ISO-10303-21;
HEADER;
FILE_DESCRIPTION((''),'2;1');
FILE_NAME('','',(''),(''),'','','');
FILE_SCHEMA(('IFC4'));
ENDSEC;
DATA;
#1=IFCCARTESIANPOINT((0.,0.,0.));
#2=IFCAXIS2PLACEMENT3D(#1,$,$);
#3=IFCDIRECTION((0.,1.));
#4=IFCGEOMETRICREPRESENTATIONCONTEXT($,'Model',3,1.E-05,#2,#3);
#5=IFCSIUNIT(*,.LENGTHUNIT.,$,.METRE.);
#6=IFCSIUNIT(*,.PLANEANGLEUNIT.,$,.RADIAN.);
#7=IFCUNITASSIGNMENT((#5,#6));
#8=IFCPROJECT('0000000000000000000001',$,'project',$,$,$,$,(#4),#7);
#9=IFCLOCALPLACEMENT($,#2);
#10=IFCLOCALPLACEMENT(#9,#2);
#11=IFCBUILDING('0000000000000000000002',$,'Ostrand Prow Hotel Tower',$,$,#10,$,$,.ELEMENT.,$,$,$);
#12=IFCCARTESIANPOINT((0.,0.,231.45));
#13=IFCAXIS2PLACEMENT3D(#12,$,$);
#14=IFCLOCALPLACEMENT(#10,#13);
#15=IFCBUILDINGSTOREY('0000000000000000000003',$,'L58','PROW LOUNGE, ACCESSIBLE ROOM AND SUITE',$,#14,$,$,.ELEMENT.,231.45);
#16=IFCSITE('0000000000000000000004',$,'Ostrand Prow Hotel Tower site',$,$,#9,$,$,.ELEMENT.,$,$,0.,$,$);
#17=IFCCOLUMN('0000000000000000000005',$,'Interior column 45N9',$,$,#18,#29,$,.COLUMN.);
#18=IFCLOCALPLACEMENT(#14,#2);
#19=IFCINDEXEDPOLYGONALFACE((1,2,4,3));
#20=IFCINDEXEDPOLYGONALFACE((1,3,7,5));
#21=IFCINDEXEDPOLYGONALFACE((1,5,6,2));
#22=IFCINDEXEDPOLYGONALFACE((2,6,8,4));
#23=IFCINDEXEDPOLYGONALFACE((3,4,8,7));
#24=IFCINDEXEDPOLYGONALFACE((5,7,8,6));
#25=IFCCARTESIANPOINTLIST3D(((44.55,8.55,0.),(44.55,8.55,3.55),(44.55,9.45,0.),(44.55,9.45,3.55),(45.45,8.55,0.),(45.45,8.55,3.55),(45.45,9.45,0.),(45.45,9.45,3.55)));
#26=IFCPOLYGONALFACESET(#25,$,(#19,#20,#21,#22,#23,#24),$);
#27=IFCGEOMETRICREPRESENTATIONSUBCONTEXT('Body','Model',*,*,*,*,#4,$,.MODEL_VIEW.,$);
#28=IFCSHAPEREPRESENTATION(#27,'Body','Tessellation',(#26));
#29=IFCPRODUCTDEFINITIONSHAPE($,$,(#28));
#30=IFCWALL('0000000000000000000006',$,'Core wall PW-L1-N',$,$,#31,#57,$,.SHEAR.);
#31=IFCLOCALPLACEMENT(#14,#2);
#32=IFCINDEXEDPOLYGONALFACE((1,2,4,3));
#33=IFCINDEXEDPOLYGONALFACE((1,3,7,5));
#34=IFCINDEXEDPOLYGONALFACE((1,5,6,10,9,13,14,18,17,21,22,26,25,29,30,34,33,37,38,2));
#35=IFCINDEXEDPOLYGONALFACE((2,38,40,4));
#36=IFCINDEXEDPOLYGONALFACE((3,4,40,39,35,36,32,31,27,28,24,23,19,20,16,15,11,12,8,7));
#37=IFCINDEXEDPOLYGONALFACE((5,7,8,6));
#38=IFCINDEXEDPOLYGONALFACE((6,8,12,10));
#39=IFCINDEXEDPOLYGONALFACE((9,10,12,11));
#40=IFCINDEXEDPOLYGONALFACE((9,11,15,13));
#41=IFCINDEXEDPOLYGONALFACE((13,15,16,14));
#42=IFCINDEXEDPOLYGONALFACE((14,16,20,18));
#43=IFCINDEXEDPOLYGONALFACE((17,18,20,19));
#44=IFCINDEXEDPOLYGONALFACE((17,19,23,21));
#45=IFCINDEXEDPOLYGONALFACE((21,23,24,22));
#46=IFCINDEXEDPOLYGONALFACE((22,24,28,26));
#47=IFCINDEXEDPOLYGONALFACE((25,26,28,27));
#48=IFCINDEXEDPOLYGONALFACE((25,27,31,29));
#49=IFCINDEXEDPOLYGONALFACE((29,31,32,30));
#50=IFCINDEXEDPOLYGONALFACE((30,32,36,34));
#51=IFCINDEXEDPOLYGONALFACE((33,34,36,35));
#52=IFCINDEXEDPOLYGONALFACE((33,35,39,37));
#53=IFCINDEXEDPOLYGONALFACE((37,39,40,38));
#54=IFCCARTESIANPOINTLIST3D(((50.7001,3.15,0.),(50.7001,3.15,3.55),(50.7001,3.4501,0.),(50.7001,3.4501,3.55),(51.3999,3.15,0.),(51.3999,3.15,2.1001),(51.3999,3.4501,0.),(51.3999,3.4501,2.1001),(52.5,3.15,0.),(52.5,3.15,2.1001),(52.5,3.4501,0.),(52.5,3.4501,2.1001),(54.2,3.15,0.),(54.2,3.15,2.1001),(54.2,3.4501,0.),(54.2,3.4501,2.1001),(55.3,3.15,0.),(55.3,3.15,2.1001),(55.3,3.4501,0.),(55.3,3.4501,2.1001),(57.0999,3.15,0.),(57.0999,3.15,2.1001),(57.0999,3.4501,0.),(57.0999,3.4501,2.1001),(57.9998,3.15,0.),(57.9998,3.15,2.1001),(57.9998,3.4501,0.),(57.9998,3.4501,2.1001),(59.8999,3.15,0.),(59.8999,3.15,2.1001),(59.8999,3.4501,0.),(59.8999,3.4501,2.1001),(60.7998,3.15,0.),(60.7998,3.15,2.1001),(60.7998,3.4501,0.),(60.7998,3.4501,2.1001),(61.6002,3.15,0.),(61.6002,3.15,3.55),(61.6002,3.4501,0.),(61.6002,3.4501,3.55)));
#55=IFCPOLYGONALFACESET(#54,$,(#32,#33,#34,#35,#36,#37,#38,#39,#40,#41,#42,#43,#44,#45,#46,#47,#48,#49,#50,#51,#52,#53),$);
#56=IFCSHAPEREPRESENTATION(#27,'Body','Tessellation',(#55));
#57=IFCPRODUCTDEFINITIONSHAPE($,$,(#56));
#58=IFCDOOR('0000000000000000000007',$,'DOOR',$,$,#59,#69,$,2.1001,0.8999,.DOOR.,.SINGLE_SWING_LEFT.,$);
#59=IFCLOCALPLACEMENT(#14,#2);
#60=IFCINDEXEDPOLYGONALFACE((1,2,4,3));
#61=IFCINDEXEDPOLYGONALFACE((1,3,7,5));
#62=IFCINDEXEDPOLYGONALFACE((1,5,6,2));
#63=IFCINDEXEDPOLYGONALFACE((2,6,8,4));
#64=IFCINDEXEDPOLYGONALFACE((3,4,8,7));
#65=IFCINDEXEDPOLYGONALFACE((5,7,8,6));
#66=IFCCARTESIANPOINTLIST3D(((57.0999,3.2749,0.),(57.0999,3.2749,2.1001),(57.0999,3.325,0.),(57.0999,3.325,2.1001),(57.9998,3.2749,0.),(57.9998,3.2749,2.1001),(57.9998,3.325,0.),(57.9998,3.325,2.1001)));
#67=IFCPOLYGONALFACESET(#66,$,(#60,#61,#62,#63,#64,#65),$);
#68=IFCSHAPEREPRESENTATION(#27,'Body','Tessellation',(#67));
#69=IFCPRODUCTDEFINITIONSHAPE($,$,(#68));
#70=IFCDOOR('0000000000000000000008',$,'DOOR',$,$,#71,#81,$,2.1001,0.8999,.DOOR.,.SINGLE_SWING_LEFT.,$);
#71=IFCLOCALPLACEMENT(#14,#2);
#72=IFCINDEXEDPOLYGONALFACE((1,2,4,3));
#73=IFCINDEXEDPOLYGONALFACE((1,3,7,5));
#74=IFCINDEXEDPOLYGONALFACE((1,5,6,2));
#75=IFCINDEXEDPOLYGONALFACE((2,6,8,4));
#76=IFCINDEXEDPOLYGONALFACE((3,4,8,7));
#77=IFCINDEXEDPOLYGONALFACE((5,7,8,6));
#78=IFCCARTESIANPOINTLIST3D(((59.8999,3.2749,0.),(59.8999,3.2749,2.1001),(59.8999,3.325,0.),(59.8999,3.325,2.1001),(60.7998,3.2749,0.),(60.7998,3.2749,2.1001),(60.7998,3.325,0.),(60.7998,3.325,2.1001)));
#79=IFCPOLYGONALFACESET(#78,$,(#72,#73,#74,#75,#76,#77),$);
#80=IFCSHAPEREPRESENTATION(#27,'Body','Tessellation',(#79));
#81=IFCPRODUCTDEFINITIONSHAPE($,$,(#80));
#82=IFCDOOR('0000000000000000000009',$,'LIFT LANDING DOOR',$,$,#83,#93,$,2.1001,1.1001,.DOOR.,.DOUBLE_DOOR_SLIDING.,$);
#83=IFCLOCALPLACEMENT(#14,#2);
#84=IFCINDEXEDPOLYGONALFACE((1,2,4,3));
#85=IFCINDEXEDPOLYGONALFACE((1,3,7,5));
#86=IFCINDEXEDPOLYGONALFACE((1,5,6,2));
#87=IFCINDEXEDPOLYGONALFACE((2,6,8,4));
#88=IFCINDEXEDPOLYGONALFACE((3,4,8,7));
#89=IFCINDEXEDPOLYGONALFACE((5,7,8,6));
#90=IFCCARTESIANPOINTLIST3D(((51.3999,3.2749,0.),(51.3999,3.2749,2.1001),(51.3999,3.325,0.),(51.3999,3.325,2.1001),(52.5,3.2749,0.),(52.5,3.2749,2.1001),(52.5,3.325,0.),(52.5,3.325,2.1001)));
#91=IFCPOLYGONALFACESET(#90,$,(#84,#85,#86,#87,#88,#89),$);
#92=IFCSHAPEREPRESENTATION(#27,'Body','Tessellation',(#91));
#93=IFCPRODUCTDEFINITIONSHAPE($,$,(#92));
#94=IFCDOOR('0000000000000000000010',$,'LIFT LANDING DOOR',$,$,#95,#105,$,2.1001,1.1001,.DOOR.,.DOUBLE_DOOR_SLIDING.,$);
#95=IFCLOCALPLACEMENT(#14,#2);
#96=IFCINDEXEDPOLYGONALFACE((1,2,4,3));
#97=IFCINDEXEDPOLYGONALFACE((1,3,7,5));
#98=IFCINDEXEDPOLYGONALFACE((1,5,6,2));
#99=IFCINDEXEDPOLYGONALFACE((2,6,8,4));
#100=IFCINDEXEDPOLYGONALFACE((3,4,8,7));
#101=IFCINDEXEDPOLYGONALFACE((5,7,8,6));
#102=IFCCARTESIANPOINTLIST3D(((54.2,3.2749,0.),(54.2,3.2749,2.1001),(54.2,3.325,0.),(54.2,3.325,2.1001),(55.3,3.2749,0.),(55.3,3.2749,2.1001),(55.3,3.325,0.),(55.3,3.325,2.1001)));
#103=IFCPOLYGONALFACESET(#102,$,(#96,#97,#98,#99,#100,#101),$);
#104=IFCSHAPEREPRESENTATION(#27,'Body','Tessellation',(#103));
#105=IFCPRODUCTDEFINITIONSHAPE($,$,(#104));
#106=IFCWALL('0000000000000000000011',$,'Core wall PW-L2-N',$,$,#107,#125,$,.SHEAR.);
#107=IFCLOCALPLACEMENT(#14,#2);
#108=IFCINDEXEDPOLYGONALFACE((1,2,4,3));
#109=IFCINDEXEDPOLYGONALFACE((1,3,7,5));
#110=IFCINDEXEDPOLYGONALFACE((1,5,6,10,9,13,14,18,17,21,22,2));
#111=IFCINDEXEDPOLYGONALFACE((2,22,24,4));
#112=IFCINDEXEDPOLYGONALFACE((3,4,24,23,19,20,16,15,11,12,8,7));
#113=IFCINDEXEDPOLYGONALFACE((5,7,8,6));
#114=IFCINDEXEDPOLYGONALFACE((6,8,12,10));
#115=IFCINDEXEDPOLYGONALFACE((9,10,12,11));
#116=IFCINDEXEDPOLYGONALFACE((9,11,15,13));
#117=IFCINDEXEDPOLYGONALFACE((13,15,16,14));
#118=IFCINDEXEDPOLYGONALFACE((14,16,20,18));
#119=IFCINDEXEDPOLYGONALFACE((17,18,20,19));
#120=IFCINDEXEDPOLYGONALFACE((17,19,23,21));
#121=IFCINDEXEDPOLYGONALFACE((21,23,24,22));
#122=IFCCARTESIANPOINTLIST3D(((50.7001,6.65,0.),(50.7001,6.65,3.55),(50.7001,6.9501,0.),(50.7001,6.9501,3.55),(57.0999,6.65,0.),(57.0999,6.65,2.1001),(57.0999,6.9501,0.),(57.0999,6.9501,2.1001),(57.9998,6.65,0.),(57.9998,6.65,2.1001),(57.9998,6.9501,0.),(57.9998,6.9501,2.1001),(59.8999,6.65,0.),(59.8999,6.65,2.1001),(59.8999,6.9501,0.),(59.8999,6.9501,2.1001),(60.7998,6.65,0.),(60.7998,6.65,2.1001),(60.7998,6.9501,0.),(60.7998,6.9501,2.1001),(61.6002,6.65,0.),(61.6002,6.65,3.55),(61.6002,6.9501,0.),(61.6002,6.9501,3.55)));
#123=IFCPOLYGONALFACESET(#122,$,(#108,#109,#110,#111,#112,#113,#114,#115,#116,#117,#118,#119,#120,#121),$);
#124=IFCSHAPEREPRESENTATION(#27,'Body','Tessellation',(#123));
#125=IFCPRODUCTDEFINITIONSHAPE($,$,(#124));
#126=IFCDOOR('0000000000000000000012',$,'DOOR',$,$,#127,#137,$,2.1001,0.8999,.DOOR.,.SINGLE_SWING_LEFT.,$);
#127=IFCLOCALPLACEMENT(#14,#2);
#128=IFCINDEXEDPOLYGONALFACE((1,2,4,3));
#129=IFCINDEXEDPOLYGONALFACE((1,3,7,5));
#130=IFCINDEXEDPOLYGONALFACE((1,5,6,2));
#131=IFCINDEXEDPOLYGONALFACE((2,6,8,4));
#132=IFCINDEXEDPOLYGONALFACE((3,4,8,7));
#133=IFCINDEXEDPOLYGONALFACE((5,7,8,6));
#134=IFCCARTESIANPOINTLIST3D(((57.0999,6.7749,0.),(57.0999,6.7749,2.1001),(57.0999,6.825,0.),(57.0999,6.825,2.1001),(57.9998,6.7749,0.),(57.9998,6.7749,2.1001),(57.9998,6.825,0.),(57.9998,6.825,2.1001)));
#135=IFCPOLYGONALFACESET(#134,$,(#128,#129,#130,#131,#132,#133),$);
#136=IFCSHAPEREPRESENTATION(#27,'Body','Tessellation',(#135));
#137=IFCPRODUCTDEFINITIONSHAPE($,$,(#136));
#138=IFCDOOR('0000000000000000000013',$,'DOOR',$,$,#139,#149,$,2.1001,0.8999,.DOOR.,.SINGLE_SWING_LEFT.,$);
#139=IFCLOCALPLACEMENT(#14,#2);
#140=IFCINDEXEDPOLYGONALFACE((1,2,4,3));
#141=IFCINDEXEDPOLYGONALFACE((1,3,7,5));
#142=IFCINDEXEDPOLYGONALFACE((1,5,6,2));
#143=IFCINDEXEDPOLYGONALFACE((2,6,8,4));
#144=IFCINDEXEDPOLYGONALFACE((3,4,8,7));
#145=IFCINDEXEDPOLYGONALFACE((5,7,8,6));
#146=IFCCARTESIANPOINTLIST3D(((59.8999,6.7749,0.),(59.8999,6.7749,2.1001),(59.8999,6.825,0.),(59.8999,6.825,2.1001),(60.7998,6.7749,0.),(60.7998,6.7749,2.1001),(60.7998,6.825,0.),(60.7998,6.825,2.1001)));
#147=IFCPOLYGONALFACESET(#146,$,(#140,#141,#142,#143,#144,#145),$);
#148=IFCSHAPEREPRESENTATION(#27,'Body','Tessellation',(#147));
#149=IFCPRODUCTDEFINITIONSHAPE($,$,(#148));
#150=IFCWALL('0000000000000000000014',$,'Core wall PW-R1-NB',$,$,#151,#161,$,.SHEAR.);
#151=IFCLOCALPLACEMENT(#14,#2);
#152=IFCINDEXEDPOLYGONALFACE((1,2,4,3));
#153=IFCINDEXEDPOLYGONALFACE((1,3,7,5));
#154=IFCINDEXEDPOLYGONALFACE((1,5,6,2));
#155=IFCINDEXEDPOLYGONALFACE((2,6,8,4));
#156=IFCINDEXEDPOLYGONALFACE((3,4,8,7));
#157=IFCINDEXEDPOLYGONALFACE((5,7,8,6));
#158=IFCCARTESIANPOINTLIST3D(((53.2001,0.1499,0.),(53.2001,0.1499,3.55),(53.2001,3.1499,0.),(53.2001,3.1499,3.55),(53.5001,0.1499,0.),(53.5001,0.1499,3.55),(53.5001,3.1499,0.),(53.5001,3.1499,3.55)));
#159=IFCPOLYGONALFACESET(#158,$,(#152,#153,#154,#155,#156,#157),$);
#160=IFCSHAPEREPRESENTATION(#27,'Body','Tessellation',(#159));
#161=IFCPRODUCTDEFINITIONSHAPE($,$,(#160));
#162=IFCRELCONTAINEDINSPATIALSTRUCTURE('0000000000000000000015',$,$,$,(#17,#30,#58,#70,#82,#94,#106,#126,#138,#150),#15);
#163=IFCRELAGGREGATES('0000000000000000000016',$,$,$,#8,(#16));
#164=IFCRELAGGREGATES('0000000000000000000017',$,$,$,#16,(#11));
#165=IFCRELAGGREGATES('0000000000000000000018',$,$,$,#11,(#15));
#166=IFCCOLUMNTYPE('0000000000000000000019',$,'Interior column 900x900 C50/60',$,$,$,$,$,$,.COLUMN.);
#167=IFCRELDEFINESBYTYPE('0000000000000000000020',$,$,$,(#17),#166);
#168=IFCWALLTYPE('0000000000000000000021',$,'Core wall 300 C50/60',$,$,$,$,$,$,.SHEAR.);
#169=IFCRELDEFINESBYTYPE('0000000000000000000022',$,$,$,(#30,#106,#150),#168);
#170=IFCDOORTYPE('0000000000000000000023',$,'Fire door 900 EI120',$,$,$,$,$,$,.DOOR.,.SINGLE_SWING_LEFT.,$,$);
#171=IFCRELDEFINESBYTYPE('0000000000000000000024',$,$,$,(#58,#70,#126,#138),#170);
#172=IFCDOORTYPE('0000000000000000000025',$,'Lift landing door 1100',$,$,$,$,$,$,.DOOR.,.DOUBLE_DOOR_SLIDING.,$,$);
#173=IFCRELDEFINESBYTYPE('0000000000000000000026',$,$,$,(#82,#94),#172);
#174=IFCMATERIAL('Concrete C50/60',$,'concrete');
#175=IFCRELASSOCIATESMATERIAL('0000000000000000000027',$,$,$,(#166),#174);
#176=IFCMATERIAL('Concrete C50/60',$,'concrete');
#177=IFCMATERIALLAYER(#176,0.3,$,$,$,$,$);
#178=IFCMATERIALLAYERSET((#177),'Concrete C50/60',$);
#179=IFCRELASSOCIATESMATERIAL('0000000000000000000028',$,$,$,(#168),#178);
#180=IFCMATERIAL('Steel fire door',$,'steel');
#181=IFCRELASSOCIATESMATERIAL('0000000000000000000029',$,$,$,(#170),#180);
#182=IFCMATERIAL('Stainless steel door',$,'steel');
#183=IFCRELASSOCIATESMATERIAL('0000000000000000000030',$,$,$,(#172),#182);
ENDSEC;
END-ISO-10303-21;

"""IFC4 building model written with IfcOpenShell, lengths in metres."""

from ifc_helpers import new_model, si_unit, direction, frame, frame_2d, origin, origin_2d, place, context, subcontext, project, spatial, rectangle, extrude, material, layer, layer_set, material_profile, profile_set, type_object, element, fill, save


model = new_model("IFC4")

# Units and contexts
model_context = context("Model", 3, precision=1e-05, world=origin(), true_north=direction((0.0, 1.0)))
body_context = subcontext(model_context, "Body", "Model", "MODEL_VIEW")
ifc_project = project(units=[si_unit("LENGTHUNIT", "METRE"), si_unit("PLANEANGLEUNIT", "RADIAN")], contexts=[model_context])

# Site, building, storey
site_placement = place(None, origin())
site = spatial("IfcSite", under=ifc_project, at=site_placement, Name="Ostrand Prow Hotel Tower site", CompositionType="ELEMENT", RefElevation=0.0)
building_placement = place(site_placement, origin())
building = spatial("IfcBuilding", under=site, at=building_placement, Name="Ostrand Prow Hotel Tower", CompositionType="ELEMENT")
storey_placement = place(building_placement, frame((0.0, 0.0, 231.45)))
storey = spatial("IfcBuildingStorey", under=building, at=storey_placement, Name="L58", Description="PROW LOUNGE, ACCESSIBLE ROOM AND SUITE", CompositionType="ELEMENT", Elevation=231.45)

# Column
ifc_material_1 = material(Name="Concrete C50/60", Category="concrete")
ifc_material_profile = material_profile(ifc_material_1, rectangle(XDim=0.8999, YDim=0.8999, at=origin_2d()), Name="RC 900x900")
ifc_profile_set = profile_set([ifc_material_profile], Name="Concrete C50/60")
column_type = type_object("IfcColumnType", Name="Interior column 900x900 C50/60", PredefinedType="COLUMN", material=ifc_profile_set)
column_placement = place(storey_placement, frame((45.0, 9.0, 0.0), z_axis=(0.0, 0.0, 1.0), x_axis=(1.0, 0.0, 0.0)))
element("IfcColumn", 1, at=column_placement, inside=storey, type_object=column_type, Name="Interior column 45N9", PredefinedType="COLUMN", context=body_context, shape_type="SweptSolid", body=[
    extrude(rectangle(XDim=0.8999, YDim=0.8999, at=origin_2d()), origin(), (0.0, 0.0, 1.0), 3.55),
])

# Walls, openings, doors
ifc_material_2 = material(Name="Concrete C50/60", Category="concrete")
ifc_layer_1 = layer(ifc_material_2, 0.3)
ifc_layer_set_1 = layer_set([ifc_layer_1], Name="Concrete C50/60")
wall_type_1 = type_object("IfcWallType", Name="Core wall 300 C50/60", PredefinedType="SHEAR", material=ifc_layer_set_1)
wall_1_placement = place(storey_placement, frame((50.7, 3.3, 0.0), z_axis=(0.0, 0.0, 1.0), x_axis=(1.0, 0.0, 0.0)))
wall_1 = element("IfcWall", 2, at=wall_1_placement, inside=storey, type_object=wall_type_1, Name="Core wall PW-L1-N", PredefinedType="SHEAR", context=body_context, shape_type="SweptSolid", body=[
    extrude(rectangle(XDim=10.9001, YDim=0.3, at=frame_2d((5.4502, 0.0))), origin(), (0.0, 0.0, 1.0), 3.55),
])
opening_1_placement = place(wall_1_placement, frame((0.7, 0.0, 0.0)))
opening_1 = element("IfcOpeningElement", 3, at=opening_1_placement, cuts=wall_1, PredefinedType="OPENING", context=body_context, shape_type="SweptSolid", body=[
    extrude(rectangle(XDim=1.1001, YDim=2.1001, at=frame_2d((0.55, 1.05))), frame((0.0, 0.1599, 0.0), z_axis=(0.0, -1.0, 0.0), x_axis=(1.0, 0.0, 0.0)), (0.0, 0.0, 1.0), 0.3201),
])
opening_2_placement = place(wall_1_placement, frame((3.5, 0.0, 0.0)))
opening_2 = element("IfcOpeningElement", 4, at=opening_2_placement, cuts=wall_1, PredefinedType="OPENING", context=body_context, shape_type="SweptSolid", body=[
    extrude(rectangle(XDim=1.1001, YDim=2.1001, at=frame_2d((0.55, 1.05))), frame((0.0, 0.1599, 0.0), z_axis=(0.0, -1.0, 0.0), x_axis=(1.0, 0.0, 0.0)), (0.0, 0.0, 1.0), 0.3201),
])
opening_3_placement = place(wall_1_placement, frame((6.3999, 0.0, 0.0)))
opening_3 = element("IfcOpeningElement", 5, at=opening_3_placement, cuts=wall_1, PredefinedType="OPENING", context=body_context, shape_type="SweptSolid", body=[
    extrude(rectangle(XDim=0.8999, YDim=2.1001, at=frame_2d((0.45, 1.05))), frame((0.0, 0.1599, 0.0), z_axis=(0.0, -1.0, 0.0), x_axis=(1.0, 0.0, 0.0)), (0.0, 0.0, 1.0), 0.3201),
])
opening_4_placement = place(wall_1_placement, frame((9.2, 0.0, 0.0)))
opening_4 = element("IfcOpeningElement", 6, at=opening_4_placement, cuts=wall_1, PredefinedType="OPENING", context=body_context, shape_type="SweptSolid", body=[
    extrude(rectangle(XDim=0.8999, YDim=2.1001, at=frame_2d((0.45, 1.05))), frame((0.0, 0.1599, 0.0), z_axis=(0.0, -1.0, 0.0), x_axis=(1.0, 0.0, 0.0)), (0.0, 0.0, 1.0), 0.3201),
])
ifc_material_3 = material(Name="Steel fire door", Category="steel")
door_type_1 = type_object("IfcDoorType", Name="Fire door 900 EI120", OperationType="SINGLE_SWING_LEFT", PredefinedType="DOOR", material=ifc_material_3)
door_1_placement = place(opening_3_placement, origin())
door_1 = element("IfcDoor", 7, at=door_1_placement, inside=storey, type_object=door_type_1, Name="DOOR", OperationType="SINGLE_SWING_LEFT", OverallHeight=2.1001, OverallWidth=0.8999, PredefinedType="DOOR", context=body_context, shape_type="SweptSolid", body=[
    extrude(rectangle(XDim=0.8999, YDim=2.1001, at=frame_2d((0.45, 1.05))), frame((0.0, 0.0249, 0.0), z_axis=(0.0, -1.0, 0.0), x_axis=(1.0, 0.0, 0.0)), (0.0, 0.0, 1.0), 0.05),
])
fill(opening_3, door_1)
door_2_placement = place(opening_4_placement, origin())
door_2 = element("IfcDoor", 8, at=door_2_placement, inside=storey, type_object=door_type_1, Name="DOOR", OperationType="SINGLE_SWING_LEFT", OverallHeight=2.1001, OverallWidth=0.8999, PredefinedType="DOOR", context=body_context, shape_type="SweptSolid", body=[
    extrude(rectangle(XDim=0.8999, YDim=2.1001, at=frame_2d((0.45, 1.05))), frame((0.0, 0.0249, 0.0), z_axis=(0.0, -1.0, 0.0), x_axis=(1.0, 0.0, 0.0)), (0.0, 0.0, 1.0), 0.05),
])
fill(opening_4, door_2)
ifc_material_4 = material(Name="Stainless steel door", Category="steel")
door_type_2 = type_object("IfcDoorType", Name="Lift landing door 1100", OperationType="DOUBLE_DOOR_SLIDING", PredefinedType="DOOR", material=ifc_material_4)
door_3_placement = place(opening_1_placement, origin())
door_3 = element("IfcDoor", 9, at=door_3_placement, inside=storey, type_object=door_type_2, Name="LIFT LANDING DOOR", OperationType="DOUBLE_DOOR_SLIDING", OverallHeight=2.1001, OverallWidth=1.1001, PredefinedType="DOOR", context=body_context, shape_type="SweptSolid", body=[
    extrude(rectangle(XDim=1.1001, YDim=2.1001, at=frame_2d((0.55, 1.05))), frame((0.0, 0.0249, 0.0), z_axis=(0.0, -1.0, 0.0), x_axis=(1.0, 0.0, 0.0)), (0.0, 0.0, 1.0), 0.05),
])
fill(opening_1, door_3)
door_4_placement = place(opening_2_placement, origin())
door_4 = element("IfcDoor", 10, at=door_4_placement, inside=storey, type_object=door_type_2, Name="LIFT LANDING DOOR", OperationType="DOUBLE_DOOR_SLIDING", OverallHeight=2.1001, OverallWidth=1.1001, PredefinedType="DOOR", context=body_context, shape_type="SweptSolid", body=[
    extrude(rectangle(XDim=1.1001, YDim=2.1001, at=frame_2d((0.55, 1.05))), frame((0.0, 0.0249, 0.0), z_axis=(0.0, -1.0, 0.0), x_axis=(1.0, 0.0, 0.0)), (0.0, 0.0, 1.0), 0.05),
])
fill(opening_2, door_4)
wall_2_placement = place(storey_placement, frame((50.7, 6.8, 0.0), z_axis=(0.0, 0.0, 1.0), x_axis=(1.0, 0.0, 0.0)))
wall_2 = element("IfcWall", 11, at=wall_2_placement, inside=storey, type_object=wall_type_1, Name="Core wall PW-L2-N", PredefinedType="SHEAR", context=body_context, shape_type="SweptSolid", body=[
    extrude(rectangle(XDim=10.9001, YDim=0.3, at=frame_2d((5.4502, 0.0))), origin(), (0.0, 0.0, 1.0), 3.55),
])
opening_5_placement = place(wall_2_placement, frame((6.3999, 0.0, 0.0)))
opening_5 = element("IfcOpeningElement", 12, at=opening_5_placement, cuts=wall_2, PredefinedType="OPENING", context=body_context, shape_type="SweptSolid", body=[
    extrude(rectangle(XDim=0.8999, YDim=2.1001, at=frame_2d((0.45, 1.05))), frame((0.0, 0.1599, 0.0), z_axis=(0.0, -1.0, 0.0), x_axis=(1.0, 0.0, 0.0)), (0.0, 0.0, 1.0), 0.3201),
])
opening_6_placement = place(wall_2_placement, frame((9.2, 0.0, 0.0)))
opening_6 = element("IfcOpeningElement", 13, at=opening_6_placement, cuts=wall_2, PredefinedType="OPENING", context=body_context, shape_type="SweptSolid", body=[
    extrude(rectangle(XDim=0.8999, YDim=2.1001, at=frame_2d((0.45, 1.05))), frame((0.0, 0.1599, 0.0), z_axis=(0.0, -1.0, 0.0), x_axis=(1.0, 0.0, 0.0)), (0.0, 0.0, 1.0), 0.3201),
])
door_5_placement = place(opening_5_placement, origin())
door_5 = element("IfcDoor", 14, at=door_5_placement, inside=storey, type_object=door_type_1, Name="DOOR", OperationType="SINGLE_SWING_LEFT", OverallHeight=2.1001, OverallWidth=0.8999, PredefinedType="DOOR", context=body_context, shape_type="SweptSolid", body=[
    extrude(rectangle(XDim=0.8999, YDim=2.1001, at=frame_2d((0.45, 1.05))), frame((0.0, 0.0249, 0.0), z_axis=(0.0, -1.0, 0.0), x_axis=(1.0, 0.0, 0.0)), (0.0, 0.0, 1.0), 0.05),
])
fill(opening_5, door_5)
door_6_placement = place(opening_6_placement, origin())
door_6 = element("IfcDoor", 15, at=door_6_placement, inside=storey, type_object=door_type_1, Name="DOOR", OperationType="SINGLE_SWING_LEFT", OverallHeight=2.1001, OverallWidth=0.8999, PredefinedType="DOOR", context=body_context, shape_type="SweptSolid", body=[
    extrude(rectangle(XDim=0.8999, YDim=2.1001, at=frame_2d((0.45, 1.05))), frame((0.0, 0.0249, 0.0), z_axis=(0.0, -1.0, 0.0), x_axis=(1.0, 0.0, 0.0)), (0.0, 0.0, 1.0), 0.05),
])
fill(opening_6, door_6)

# Wall
for number, where, z_axis, x_axis, name in (
    (16, (53.3501, 0.1499, 0.0), (0.0, 0.0, 1.0), (0.0, 1.0, 0.0), "Core wall PW-R1-NB"),
):
    element("IfcWall", number, at=place(storey_placement, frame(where, z_axis=z_axis, x_axis=x_axis)), inside=storey, type_object=wall_type_1, Name=name, PredefinedType="SHEAR", context=body_context, shape_type="SweptSolid", body=[
        extrude(rectangle(XDim=3.0, YDim=0.3, at=frame_2d((1.5, 0.0))), origin(), (0.0, 0.0, 1.0), 3.55),
    ])

save(model, "model.ifc")
